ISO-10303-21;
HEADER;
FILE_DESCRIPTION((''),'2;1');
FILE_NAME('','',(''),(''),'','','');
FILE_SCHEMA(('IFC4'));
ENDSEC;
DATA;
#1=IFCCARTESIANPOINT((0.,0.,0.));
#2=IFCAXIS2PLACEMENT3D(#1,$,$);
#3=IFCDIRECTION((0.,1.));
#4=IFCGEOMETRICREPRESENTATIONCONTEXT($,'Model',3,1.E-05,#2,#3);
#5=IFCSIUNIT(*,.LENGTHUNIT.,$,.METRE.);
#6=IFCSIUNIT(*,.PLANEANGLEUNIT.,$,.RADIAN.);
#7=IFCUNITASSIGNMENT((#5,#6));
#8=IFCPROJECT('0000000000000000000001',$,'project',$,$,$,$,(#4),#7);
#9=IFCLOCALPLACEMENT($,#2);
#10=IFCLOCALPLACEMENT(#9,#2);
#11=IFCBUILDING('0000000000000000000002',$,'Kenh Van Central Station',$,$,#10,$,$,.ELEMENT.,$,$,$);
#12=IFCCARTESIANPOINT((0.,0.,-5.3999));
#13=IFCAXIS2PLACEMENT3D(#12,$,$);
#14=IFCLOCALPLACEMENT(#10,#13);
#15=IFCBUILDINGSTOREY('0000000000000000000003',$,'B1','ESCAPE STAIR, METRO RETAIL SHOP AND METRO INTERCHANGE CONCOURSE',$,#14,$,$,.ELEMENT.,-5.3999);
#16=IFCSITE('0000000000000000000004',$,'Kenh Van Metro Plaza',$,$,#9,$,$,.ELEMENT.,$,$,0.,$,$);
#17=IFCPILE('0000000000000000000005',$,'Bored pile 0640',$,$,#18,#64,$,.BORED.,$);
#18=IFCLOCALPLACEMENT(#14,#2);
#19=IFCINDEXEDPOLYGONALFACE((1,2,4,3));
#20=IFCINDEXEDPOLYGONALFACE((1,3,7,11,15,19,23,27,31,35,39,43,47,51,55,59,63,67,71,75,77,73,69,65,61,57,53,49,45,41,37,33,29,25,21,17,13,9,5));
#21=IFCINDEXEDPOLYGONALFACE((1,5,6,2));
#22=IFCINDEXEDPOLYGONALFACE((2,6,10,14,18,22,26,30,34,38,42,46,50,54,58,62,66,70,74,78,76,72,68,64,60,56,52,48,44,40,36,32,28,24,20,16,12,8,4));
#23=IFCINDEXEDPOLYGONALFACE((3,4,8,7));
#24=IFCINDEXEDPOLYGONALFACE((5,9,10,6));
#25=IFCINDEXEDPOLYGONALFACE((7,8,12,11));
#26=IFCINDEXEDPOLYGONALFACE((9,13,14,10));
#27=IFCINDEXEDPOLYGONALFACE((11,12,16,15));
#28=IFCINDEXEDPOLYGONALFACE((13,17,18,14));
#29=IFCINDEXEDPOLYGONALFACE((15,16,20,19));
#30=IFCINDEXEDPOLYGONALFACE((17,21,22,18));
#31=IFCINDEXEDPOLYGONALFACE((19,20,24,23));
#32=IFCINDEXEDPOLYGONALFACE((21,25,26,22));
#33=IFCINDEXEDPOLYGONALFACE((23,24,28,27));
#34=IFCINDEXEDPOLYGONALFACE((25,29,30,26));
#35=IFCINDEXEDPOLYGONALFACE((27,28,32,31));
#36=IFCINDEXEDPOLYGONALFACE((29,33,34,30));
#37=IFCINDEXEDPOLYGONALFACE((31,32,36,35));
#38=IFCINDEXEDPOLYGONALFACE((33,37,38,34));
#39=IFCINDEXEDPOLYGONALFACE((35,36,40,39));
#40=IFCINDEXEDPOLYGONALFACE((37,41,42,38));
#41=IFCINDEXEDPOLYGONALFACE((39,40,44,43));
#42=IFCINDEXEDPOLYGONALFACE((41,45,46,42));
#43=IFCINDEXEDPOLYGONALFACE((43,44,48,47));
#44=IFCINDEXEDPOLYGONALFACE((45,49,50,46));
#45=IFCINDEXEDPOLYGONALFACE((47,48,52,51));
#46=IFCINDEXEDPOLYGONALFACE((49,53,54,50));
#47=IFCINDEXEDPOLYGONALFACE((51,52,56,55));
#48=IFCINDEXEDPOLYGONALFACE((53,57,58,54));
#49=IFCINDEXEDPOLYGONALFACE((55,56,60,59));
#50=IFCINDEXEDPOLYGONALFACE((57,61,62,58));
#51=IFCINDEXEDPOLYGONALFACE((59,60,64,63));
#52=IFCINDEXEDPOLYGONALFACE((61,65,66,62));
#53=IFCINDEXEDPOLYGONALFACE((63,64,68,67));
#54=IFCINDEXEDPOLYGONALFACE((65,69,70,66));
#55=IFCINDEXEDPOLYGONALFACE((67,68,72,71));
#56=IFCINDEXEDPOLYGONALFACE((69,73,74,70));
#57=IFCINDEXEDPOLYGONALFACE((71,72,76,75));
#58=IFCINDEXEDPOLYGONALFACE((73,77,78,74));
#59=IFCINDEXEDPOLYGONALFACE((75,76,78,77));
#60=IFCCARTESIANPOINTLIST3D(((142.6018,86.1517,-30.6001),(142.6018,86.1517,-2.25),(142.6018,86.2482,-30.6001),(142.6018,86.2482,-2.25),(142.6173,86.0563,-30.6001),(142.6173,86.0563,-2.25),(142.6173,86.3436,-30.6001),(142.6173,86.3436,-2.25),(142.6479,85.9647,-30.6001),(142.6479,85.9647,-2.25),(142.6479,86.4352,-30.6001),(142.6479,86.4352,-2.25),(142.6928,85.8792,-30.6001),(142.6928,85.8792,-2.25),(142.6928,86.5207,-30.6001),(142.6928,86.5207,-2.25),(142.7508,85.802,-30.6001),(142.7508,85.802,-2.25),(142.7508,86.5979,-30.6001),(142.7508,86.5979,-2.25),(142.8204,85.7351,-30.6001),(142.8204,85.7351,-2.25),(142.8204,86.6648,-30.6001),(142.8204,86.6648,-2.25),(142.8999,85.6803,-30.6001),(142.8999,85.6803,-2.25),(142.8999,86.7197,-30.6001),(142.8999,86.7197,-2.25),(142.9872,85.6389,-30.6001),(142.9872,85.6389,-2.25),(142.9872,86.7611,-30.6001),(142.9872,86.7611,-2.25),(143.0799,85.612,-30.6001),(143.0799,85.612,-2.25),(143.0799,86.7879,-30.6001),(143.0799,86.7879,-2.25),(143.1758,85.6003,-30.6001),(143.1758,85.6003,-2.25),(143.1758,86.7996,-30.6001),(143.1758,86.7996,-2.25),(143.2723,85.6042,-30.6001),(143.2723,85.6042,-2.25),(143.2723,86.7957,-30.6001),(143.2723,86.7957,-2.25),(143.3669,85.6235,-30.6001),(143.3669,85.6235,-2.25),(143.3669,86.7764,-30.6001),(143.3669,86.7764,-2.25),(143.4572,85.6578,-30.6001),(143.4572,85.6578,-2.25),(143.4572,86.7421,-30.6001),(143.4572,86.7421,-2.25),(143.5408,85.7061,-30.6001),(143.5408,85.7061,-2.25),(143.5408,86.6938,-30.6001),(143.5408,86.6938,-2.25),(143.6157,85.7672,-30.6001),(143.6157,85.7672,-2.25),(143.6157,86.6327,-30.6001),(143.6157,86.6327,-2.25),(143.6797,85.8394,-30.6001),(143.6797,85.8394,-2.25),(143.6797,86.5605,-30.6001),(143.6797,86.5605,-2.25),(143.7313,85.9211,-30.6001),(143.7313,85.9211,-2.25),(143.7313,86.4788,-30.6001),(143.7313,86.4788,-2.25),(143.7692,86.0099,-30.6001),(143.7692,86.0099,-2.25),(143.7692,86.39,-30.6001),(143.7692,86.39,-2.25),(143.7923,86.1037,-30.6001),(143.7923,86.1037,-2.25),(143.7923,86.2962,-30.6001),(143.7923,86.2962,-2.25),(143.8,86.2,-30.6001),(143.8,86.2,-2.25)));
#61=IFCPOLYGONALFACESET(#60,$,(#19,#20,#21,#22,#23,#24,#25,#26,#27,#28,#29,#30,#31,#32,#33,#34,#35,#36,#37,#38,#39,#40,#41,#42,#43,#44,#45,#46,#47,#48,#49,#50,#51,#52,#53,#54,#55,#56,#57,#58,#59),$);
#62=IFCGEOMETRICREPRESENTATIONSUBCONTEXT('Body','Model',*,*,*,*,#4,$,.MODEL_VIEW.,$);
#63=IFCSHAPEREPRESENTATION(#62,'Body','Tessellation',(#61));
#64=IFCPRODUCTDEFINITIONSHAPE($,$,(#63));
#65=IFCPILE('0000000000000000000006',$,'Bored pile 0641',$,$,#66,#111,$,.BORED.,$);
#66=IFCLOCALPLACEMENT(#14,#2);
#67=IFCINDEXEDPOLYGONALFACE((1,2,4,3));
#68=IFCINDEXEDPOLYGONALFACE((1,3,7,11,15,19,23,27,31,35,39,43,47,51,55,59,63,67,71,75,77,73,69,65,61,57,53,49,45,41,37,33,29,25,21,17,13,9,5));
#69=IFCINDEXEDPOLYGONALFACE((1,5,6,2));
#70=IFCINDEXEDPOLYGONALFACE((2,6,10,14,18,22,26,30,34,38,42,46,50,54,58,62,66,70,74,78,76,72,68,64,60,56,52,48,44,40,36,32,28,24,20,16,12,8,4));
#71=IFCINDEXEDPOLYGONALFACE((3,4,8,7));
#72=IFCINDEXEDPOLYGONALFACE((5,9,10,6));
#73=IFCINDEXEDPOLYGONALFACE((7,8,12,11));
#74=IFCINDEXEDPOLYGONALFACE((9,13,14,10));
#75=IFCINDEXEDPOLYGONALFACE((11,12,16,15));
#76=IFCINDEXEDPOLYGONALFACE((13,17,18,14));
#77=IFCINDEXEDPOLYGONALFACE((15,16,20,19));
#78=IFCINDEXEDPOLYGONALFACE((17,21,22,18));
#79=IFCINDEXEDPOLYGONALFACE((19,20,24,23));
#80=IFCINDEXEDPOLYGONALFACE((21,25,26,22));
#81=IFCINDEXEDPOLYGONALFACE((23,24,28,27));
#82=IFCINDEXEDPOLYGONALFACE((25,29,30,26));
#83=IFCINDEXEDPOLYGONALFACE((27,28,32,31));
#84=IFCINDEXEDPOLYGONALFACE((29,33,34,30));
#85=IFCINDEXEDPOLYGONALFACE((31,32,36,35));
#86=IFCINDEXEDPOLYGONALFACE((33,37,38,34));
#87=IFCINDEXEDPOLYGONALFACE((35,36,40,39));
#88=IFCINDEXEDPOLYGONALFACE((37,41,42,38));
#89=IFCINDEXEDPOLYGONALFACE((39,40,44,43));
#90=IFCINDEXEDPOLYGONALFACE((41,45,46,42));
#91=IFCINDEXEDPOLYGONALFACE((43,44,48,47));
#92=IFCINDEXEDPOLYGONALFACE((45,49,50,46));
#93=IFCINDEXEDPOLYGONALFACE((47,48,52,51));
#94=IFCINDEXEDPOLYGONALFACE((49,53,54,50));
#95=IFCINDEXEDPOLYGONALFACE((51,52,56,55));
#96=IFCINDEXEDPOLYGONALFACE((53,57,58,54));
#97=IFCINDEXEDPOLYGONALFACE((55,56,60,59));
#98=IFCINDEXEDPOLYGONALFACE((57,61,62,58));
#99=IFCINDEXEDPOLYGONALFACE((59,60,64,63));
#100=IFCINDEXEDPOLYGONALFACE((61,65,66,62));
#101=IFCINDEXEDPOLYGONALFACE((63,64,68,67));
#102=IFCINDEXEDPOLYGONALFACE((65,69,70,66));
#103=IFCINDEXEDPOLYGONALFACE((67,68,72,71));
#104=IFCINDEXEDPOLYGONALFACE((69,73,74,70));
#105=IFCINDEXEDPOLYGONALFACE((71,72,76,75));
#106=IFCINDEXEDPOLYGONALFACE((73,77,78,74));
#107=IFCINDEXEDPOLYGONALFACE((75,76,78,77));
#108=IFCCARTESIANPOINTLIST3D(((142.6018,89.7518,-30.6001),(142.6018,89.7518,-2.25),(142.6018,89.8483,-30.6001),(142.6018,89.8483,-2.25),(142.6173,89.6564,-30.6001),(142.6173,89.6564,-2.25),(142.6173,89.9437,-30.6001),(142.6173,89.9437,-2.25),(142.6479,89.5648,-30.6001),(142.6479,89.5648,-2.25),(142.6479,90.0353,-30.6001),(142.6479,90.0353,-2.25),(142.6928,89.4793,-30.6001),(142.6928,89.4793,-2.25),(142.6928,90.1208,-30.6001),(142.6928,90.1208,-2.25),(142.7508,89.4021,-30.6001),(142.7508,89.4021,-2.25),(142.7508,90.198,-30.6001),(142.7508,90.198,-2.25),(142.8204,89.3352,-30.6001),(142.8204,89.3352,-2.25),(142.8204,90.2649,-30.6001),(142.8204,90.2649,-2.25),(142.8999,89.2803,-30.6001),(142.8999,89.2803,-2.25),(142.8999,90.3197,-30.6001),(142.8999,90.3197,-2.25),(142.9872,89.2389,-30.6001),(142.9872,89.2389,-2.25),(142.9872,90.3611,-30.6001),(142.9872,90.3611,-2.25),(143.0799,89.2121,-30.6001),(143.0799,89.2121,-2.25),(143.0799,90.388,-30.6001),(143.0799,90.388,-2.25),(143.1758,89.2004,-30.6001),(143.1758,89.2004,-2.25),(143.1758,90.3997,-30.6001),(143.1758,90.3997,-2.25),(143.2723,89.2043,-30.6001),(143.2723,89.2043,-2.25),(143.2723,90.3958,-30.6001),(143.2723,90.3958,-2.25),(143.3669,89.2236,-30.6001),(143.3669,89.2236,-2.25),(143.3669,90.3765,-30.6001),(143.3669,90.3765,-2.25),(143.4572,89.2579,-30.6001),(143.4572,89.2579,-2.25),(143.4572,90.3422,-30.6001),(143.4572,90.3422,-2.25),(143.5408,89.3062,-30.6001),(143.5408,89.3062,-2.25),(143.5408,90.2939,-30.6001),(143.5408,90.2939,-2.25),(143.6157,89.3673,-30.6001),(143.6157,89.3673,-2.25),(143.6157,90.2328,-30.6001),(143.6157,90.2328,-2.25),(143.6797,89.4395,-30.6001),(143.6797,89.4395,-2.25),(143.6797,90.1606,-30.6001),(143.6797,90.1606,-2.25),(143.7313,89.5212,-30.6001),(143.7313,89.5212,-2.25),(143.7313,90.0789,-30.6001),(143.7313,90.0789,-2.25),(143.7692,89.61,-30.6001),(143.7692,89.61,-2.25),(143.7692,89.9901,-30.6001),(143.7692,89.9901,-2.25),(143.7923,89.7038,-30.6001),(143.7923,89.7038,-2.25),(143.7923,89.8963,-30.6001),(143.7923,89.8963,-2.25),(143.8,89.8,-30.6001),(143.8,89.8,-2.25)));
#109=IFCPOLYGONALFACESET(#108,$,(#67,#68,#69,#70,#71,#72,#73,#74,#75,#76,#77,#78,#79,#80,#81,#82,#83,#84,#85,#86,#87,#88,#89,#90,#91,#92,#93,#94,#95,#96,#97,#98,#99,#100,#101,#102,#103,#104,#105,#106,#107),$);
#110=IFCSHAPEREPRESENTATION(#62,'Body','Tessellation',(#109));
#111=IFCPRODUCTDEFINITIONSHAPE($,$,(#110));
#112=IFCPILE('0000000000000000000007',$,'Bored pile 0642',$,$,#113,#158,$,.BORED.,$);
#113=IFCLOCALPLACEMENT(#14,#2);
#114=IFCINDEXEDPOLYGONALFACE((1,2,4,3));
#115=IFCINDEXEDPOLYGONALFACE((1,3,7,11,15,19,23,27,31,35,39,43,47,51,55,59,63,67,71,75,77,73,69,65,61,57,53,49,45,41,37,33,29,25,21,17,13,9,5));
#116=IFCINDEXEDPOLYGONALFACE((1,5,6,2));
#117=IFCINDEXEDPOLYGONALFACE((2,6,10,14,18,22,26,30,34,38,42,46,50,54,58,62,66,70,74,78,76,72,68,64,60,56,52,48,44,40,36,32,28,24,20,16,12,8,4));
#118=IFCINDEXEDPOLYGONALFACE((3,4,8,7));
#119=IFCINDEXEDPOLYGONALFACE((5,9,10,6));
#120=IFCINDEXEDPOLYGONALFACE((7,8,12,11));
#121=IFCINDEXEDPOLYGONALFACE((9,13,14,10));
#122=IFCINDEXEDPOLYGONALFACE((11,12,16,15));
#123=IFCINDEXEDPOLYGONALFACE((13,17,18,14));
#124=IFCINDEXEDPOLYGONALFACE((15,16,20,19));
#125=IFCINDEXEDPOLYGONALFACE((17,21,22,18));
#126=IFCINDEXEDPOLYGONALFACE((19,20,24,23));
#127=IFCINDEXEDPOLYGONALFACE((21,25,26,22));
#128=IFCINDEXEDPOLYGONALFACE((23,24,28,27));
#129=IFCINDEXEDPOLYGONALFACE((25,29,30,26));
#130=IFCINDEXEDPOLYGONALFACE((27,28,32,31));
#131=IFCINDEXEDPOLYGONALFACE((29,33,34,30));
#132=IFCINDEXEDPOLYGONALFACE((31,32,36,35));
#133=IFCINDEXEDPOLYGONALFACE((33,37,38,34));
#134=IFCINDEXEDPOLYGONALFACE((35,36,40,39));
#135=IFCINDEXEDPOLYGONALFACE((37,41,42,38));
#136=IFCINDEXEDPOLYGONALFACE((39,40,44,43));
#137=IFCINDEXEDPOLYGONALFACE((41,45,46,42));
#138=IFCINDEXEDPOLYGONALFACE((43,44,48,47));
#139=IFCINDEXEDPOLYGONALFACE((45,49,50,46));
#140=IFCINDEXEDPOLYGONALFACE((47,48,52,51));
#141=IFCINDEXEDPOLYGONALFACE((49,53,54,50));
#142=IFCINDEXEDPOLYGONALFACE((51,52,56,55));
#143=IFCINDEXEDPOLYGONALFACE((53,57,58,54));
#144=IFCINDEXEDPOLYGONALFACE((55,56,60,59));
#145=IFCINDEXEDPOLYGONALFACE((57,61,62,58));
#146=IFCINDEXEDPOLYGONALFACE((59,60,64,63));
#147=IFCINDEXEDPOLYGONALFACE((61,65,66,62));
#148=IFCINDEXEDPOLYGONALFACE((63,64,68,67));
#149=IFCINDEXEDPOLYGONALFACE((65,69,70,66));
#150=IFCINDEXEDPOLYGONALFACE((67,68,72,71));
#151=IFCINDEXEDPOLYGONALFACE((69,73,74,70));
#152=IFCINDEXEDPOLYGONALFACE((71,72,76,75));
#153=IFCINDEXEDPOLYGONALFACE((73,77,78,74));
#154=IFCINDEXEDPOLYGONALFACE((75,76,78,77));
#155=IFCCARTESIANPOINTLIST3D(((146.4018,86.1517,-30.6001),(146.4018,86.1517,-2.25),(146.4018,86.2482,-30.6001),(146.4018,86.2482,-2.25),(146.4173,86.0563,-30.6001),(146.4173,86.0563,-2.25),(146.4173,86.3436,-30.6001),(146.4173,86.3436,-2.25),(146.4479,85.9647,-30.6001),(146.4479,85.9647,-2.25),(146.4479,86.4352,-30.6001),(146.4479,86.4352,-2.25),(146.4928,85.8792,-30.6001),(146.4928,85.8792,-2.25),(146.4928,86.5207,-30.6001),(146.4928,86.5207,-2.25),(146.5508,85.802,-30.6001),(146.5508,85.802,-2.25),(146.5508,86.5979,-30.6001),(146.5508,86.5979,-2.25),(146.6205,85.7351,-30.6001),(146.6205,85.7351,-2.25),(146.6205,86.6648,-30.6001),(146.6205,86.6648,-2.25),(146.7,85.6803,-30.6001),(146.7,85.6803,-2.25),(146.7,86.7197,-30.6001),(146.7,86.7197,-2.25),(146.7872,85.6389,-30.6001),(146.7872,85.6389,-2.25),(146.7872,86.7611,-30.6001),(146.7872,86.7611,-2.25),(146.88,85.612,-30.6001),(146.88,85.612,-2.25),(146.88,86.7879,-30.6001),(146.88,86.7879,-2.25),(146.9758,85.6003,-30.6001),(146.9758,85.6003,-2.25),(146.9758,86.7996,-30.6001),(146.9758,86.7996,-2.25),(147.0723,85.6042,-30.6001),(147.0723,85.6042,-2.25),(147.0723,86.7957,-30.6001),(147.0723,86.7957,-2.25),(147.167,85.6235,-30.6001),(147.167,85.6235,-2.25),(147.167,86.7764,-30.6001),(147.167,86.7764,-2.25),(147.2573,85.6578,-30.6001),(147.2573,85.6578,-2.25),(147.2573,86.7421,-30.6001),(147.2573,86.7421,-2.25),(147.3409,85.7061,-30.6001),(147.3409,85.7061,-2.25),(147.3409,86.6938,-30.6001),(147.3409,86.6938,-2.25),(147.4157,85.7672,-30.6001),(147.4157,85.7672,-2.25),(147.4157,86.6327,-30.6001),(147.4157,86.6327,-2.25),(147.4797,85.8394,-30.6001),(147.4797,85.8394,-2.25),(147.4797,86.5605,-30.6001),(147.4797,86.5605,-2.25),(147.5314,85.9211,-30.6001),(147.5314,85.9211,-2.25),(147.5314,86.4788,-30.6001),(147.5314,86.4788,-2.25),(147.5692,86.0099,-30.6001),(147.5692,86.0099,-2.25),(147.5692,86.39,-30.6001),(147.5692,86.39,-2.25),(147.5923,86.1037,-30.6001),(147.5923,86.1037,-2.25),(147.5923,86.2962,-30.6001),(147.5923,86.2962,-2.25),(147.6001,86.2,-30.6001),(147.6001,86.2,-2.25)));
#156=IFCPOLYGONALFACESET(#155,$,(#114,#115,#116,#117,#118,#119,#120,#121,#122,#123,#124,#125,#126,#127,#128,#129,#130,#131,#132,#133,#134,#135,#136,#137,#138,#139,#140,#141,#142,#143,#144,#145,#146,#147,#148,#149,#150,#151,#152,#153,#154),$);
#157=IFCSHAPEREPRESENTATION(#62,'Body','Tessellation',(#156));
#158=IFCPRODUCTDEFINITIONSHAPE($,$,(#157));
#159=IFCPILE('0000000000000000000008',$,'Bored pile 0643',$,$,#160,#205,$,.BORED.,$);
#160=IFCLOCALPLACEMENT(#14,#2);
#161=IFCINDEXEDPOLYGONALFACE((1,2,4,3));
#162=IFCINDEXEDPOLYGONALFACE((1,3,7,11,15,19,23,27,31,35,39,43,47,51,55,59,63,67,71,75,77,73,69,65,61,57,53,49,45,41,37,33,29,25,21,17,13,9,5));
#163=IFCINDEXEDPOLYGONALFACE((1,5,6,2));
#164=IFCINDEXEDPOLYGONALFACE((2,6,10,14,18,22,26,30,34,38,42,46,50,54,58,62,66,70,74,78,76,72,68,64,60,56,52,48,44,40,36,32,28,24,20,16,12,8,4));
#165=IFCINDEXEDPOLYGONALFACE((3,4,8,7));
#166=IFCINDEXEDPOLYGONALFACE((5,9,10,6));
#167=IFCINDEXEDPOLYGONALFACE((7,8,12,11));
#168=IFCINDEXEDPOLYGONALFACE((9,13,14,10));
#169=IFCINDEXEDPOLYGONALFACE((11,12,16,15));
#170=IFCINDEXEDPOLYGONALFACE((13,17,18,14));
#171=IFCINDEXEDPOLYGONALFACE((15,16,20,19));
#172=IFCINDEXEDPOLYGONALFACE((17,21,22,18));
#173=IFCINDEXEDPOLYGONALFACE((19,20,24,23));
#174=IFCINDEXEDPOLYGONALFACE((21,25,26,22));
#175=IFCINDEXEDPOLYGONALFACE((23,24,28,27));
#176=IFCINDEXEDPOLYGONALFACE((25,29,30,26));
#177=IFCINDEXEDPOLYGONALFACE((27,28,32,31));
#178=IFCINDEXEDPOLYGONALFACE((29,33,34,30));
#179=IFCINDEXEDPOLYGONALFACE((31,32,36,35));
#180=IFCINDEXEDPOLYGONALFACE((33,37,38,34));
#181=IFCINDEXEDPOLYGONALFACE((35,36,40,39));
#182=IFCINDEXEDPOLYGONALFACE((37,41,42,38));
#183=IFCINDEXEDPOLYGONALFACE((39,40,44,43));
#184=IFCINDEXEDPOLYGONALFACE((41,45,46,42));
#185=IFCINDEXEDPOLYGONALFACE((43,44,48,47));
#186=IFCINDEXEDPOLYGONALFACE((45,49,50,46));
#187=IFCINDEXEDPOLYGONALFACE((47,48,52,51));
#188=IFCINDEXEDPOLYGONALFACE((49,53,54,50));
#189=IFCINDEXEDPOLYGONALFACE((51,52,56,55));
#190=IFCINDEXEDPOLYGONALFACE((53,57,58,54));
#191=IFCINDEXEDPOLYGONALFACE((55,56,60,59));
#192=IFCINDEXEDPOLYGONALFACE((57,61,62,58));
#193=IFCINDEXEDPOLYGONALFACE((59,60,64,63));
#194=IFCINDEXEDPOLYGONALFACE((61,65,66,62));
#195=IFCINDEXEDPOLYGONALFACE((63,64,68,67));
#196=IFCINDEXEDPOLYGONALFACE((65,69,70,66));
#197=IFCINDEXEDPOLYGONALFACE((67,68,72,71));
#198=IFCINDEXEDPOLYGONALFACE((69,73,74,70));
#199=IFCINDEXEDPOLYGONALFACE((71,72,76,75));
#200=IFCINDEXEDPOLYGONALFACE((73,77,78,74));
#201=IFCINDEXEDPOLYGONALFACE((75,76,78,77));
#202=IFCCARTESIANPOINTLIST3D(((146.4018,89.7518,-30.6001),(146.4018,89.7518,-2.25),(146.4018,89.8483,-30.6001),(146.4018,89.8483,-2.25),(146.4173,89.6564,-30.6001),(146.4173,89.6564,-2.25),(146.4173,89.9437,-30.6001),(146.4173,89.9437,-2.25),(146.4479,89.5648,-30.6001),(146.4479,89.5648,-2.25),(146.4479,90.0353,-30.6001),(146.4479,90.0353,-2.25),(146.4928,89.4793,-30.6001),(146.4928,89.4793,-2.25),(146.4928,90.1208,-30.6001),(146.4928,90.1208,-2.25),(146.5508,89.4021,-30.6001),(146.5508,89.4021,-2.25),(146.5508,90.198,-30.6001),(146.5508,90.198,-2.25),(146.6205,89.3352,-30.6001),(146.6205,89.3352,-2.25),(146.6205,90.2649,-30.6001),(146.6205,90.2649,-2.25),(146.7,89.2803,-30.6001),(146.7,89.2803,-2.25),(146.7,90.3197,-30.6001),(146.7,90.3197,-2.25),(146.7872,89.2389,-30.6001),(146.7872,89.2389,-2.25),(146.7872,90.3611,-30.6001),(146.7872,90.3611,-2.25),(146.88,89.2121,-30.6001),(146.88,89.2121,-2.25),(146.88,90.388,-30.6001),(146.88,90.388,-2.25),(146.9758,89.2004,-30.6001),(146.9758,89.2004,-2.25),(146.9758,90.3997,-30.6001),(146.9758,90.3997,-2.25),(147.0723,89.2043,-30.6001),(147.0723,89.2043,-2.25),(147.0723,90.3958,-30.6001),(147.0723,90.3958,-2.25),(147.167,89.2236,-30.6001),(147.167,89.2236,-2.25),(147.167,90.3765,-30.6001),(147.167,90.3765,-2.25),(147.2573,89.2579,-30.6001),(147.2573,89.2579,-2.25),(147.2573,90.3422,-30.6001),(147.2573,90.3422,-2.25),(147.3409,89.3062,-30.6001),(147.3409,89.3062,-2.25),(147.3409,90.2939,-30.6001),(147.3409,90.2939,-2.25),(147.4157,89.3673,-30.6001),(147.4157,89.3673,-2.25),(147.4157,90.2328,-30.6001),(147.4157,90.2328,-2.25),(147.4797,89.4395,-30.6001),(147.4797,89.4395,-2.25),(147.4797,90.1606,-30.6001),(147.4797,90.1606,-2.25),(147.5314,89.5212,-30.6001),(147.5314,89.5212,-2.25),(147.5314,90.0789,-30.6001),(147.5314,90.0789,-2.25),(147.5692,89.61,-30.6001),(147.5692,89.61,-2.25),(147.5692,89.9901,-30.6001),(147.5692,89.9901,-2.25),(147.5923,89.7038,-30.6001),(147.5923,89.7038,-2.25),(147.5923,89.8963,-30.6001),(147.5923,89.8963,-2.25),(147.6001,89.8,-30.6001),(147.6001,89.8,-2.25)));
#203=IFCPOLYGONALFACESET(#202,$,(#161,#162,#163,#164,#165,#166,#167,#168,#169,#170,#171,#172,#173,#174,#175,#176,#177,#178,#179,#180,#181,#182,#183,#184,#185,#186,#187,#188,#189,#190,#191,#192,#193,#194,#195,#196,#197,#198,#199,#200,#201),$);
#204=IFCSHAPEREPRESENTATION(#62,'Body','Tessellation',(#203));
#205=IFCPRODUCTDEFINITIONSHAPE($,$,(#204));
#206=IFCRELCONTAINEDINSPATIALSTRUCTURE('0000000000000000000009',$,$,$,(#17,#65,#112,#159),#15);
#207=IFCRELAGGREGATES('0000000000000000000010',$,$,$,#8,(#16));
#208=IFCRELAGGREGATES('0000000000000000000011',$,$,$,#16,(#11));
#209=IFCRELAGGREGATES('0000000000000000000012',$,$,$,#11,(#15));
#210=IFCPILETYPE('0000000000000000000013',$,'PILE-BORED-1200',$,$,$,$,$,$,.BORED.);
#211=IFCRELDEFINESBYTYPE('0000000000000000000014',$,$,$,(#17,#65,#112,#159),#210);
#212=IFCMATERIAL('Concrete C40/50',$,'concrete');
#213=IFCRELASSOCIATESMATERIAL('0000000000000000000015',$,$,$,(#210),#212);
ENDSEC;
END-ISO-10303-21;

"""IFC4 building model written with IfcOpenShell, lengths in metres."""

from ifc_helpers import new_model, si_unit, direction, frame, origin, origin_2d, place, context, subcontext, project, spatial, circle, extrude, material, material_profile, profile_set, type_object, element, save


model = new_model("IFC4")

# Units and contexts
model_context = context("Model", 3, precision=1e-05, world=origin(), true_north=direction((0.0, 1.0)))
body_context = subcontext(model_context, "Body", "Model", "MODEL_VIEW")
ifc_project = project(units=[si_unit("LENGTHUNIT", "METRE"), si_unit("PLANEANGLEUNIT", "RADIAN")], contexts=[model_context])

# Site, building, storey
site_placement = place(None, origin())
site = spatial("IfcSite", under=ifc_project, at=site_placement, Name="Kenh Van Metro Plaza", CompositionType="ELEMENT", RefElevation=0.0)
building_placement = place(site_placement, origin())
building = spatial("IfcBuilding", under=site, at=building_placement, Name="Kenh Van Central Station", CompositionType="ELEMENT")
storey_placement = place(building_placement, frame((0.0, 0.0, -5.3999)))
storey = spatial("IfcBuildingStorey", under=building, at=storey_placement, Name="B1", Description="ESCAPE STAIR, METRO RETAIL SHOP AND METRO INTERCHANGE CONCOURSE", CompositionType="ELEMENT", Elevation=-5.3999)

# Shared definitions
ifc_material_1 = material(Name="Concrete C40/50", Category="concrete")

# Piles
ifc_material_profile_1 = material_profile(ifc_material_1, circle(Radius=0.6001, at=origin_2d()), Name="PILE D1200")
ifc_profile_set_1 = profile_set([ifc_material_profile_1], Name="Concrete C40/50")
pile_type_1 = type_object("IfcPileType", Name="PILE-BORED-1200", PredefinedType="BORED", material=ifc_profile_set_1)
for number, where, z_axis, x_axis, name in (
    (1, (143.2, 86.2, -2.25), (0.0, 0.0, -1.0), (1.0, 0.0, 0.0), "Bored pile 0640"),
    (2, (143.2, 89.8, -2.25), (0.0, 0.0, -1.0), (1.0, 0.0, 0.0), "Bored pile 0641"),
    (3, (147.0, 86.2, -2.25), (0.0, 0.0, -1.0), (1.0, 0.0, 0.0), "Bored pile 0642"),
    (4, (147.0, 89.8, -2.25), (0.0, 0.0, -1.0), (1.0, 0.0, 0.0), "Bored pile 0643"),
):
    element("IfcPile", number, at=place(storey_placement, frame(where, z_axis=z_axis, x_axis=x_axis)), inside=storey, type_object=pile_type_1, Name=name, PredefinedType="BORED", context=body_context, shape_type="SweptSolid", body=[
        extrude(circle(Radius=0.6001, at=origin_2d()), origin(), (0.0, 0.0, 1.0), 28.3501),
    ])

save(model, "model.ifc")
